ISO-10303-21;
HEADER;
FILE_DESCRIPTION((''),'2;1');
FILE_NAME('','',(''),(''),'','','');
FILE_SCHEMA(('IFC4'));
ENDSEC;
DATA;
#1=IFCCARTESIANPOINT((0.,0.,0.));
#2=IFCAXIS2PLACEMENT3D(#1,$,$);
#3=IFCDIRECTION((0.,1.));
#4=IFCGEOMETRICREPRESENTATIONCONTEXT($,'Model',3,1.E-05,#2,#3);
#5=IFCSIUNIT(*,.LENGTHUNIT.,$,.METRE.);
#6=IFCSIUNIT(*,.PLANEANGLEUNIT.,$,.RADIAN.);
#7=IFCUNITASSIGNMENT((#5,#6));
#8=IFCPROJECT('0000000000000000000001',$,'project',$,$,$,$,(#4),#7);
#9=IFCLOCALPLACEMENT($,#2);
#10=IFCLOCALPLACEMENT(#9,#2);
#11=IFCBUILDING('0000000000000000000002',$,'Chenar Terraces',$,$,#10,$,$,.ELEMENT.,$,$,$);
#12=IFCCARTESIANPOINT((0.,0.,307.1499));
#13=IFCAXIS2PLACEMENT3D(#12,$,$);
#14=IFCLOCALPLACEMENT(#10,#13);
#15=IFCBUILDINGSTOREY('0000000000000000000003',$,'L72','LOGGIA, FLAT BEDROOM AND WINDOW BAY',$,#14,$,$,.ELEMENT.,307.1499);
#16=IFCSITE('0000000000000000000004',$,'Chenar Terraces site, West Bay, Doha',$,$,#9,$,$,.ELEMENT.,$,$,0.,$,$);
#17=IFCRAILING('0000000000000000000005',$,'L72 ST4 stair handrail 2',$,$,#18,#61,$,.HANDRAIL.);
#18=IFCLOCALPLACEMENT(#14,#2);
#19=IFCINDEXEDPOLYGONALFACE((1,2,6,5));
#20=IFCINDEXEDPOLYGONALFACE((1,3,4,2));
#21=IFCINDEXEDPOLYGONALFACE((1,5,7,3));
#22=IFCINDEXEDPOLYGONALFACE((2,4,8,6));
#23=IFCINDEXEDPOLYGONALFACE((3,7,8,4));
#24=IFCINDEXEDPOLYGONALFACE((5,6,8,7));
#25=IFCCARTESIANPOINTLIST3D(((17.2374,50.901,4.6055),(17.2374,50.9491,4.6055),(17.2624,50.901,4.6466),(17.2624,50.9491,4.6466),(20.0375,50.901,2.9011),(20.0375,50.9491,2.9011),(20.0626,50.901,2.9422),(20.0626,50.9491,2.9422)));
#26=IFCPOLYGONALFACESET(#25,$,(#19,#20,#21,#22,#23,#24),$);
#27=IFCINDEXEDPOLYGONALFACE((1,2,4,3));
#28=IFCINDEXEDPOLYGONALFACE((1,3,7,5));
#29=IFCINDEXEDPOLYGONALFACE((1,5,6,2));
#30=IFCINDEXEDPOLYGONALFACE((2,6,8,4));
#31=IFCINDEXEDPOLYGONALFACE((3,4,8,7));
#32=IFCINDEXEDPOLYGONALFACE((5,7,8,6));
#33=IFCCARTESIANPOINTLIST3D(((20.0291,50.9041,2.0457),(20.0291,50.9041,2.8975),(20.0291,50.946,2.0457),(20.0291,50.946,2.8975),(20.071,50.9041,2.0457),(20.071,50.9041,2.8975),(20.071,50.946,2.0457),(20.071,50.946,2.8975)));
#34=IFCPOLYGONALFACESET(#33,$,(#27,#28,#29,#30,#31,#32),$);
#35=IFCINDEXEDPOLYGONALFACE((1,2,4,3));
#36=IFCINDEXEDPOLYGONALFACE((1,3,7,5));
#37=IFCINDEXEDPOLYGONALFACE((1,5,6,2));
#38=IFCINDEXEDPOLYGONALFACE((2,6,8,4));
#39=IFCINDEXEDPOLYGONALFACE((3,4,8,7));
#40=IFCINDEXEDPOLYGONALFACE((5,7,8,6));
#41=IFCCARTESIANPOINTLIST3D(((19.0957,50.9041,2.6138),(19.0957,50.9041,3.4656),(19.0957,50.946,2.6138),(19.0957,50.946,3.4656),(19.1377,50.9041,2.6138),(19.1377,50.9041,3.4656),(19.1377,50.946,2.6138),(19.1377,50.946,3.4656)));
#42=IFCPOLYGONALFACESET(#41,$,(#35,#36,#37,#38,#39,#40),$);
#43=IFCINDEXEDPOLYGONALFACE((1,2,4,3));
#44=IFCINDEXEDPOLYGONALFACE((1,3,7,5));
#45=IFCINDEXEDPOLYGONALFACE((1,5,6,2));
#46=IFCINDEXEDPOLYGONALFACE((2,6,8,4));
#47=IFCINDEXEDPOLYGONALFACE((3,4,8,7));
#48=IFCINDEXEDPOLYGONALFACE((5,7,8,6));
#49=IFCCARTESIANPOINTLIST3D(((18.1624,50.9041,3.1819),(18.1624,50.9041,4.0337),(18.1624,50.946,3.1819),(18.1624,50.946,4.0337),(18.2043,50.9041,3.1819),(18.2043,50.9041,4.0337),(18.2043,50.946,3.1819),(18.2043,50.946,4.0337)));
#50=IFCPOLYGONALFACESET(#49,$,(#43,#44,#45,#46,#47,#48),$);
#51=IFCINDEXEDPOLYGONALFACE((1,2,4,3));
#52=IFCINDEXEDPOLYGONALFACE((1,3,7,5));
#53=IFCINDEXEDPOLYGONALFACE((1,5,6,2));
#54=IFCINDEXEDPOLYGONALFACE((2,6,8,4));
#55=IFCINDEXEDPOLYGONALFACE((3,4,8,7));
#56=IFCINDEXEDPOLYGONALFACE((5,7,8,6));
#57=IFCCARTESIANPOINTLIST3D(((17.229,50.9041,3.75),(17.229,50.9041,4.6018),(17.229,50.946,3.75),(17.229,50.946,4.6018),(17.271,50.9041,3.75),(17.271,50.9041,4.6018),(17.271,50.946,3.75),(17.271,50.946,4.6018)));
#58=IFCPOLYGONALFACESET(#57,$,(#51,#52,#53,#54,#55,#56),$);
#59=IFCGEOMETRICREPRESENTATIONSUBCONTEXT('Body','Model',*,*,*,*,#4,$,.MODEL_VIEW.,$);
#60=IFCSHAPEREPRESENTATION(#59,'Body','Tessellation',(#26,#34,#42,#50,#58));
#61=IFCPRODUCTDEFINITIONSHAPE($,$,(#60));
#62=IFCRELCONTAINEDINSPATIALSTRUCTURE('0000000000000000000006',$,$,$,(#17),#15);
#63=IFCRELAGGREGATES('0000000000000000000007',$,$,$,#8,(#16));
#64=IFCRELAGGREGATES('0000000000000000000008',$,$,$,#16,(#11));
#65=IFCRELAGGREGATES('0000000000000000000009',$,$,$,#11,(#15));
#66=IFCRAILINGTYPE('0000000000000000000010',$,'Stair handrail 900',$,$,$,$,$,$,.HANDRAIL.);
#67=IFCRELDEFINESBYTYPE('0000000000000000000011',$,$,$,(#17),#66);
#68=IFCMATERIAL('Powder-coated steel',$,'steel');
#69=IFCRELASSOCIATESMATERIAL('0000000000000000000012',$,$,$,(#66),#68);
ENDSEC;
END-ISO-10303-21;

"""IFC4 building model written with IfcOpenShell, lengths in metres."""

from ifc_helpers import new_model, si_unit, direction, frame, origin, origin_2d, place, context, subcontext, project, spatial, rectangle, extrude, material, type_object, element, save


model = new_model("IFC4")

# Units and contexts
model_context = context("Model", 3, precision=1e-05, world=origin(), true_north=direction((0.0, 1.0)))
body_context = subcontext(model_context, "Body", "Model", "MODEL_VIEW")
ifc_project = project(units=[si_unit("LENGTHUNIT", "METRE"), si_unit("PLANEANGLEUNIT", "RADIAN")], contexts=[model_context])

# Site, building, storey
site_placement = place(None, origin())
site = spatial("IfcSite", under=ifc_project, at=site_placement, Name="Chenar Terraces site, West Bay, Doha", CompositionType="ELEMENT", RefElevation=0.0)
building_placement = place(site_placement, origin())
building = spatial("IfcBuilding", under=site, at=building_placement, Name="Chenar Terraces", CompositionType="ELEMENT")
storey_placement = place(building_placement, frame((0.0, 0.0, 307.1499)))
storey = spatial("IfcBuildingStorey", under=building, at=storey_placement, Name="L72", Description="LOGGIA, FLAT BEDROOM AND WINDOW BAY", CompositionType="ELEMENT", Elevation=307.1499)

# Railing
ifc_material_1 = material(Name="Powder-coated steel", Category="steel")
railing_type_1 = type_object("IfcRailingType", Name="Stair handrail 900", PredefinedType="HANDRAIL", material=ifc_material_1)
railing_1_placement = place(storey_placement, frame((20.05, 50.925, 2.0457)))
element("IfcRailing", 1, at=railing_1_placement, inside=storey, type_object=railing_type_1, Name="L72 ST4 stair handrail 2", PredefinedType="HANDRAIL", context=body_context, shape_type="SweptSolid", body=[
    extrude(rectangle(XDim=0.0481, YDim=0.0481, at=origin_2d()), frame((0.0, 0.0, 0.876), z_axis=(-0.854203, 0.0, 0.51994), x_axis=(0.0, -1.0, 0.0)), (0.0, 0.0, 1.0), 3.2781),
    extrude(rectangle(XDim=0.042, YDim=0.042, at=origin_2d()), origin(), (0.0, 0.0, 1.0), 0.8518),
    extrude(rectangle(XDim=0.042, YDim=0.042, at=origin_2d()), frame((-0.9333, 0.0, 0.5681)), (0.0, 0.0, 1.0), 0.8518),
    extrude(rectangle(XDim=0.042, YDim=0.042, at=origin_2d()), frame((-1.8667, 0.0, 1.1362)), (0.0, 0.0, 1.0), 0.8518),
    extrude(rectangle(XDim=0.042, YDim=0.042, at=origin_2d()), frame((-2.8, 0.0, 1.7043)), (0.0, 0.0, 1.0), 0.8518),
])

save(model, "model.ifc")
